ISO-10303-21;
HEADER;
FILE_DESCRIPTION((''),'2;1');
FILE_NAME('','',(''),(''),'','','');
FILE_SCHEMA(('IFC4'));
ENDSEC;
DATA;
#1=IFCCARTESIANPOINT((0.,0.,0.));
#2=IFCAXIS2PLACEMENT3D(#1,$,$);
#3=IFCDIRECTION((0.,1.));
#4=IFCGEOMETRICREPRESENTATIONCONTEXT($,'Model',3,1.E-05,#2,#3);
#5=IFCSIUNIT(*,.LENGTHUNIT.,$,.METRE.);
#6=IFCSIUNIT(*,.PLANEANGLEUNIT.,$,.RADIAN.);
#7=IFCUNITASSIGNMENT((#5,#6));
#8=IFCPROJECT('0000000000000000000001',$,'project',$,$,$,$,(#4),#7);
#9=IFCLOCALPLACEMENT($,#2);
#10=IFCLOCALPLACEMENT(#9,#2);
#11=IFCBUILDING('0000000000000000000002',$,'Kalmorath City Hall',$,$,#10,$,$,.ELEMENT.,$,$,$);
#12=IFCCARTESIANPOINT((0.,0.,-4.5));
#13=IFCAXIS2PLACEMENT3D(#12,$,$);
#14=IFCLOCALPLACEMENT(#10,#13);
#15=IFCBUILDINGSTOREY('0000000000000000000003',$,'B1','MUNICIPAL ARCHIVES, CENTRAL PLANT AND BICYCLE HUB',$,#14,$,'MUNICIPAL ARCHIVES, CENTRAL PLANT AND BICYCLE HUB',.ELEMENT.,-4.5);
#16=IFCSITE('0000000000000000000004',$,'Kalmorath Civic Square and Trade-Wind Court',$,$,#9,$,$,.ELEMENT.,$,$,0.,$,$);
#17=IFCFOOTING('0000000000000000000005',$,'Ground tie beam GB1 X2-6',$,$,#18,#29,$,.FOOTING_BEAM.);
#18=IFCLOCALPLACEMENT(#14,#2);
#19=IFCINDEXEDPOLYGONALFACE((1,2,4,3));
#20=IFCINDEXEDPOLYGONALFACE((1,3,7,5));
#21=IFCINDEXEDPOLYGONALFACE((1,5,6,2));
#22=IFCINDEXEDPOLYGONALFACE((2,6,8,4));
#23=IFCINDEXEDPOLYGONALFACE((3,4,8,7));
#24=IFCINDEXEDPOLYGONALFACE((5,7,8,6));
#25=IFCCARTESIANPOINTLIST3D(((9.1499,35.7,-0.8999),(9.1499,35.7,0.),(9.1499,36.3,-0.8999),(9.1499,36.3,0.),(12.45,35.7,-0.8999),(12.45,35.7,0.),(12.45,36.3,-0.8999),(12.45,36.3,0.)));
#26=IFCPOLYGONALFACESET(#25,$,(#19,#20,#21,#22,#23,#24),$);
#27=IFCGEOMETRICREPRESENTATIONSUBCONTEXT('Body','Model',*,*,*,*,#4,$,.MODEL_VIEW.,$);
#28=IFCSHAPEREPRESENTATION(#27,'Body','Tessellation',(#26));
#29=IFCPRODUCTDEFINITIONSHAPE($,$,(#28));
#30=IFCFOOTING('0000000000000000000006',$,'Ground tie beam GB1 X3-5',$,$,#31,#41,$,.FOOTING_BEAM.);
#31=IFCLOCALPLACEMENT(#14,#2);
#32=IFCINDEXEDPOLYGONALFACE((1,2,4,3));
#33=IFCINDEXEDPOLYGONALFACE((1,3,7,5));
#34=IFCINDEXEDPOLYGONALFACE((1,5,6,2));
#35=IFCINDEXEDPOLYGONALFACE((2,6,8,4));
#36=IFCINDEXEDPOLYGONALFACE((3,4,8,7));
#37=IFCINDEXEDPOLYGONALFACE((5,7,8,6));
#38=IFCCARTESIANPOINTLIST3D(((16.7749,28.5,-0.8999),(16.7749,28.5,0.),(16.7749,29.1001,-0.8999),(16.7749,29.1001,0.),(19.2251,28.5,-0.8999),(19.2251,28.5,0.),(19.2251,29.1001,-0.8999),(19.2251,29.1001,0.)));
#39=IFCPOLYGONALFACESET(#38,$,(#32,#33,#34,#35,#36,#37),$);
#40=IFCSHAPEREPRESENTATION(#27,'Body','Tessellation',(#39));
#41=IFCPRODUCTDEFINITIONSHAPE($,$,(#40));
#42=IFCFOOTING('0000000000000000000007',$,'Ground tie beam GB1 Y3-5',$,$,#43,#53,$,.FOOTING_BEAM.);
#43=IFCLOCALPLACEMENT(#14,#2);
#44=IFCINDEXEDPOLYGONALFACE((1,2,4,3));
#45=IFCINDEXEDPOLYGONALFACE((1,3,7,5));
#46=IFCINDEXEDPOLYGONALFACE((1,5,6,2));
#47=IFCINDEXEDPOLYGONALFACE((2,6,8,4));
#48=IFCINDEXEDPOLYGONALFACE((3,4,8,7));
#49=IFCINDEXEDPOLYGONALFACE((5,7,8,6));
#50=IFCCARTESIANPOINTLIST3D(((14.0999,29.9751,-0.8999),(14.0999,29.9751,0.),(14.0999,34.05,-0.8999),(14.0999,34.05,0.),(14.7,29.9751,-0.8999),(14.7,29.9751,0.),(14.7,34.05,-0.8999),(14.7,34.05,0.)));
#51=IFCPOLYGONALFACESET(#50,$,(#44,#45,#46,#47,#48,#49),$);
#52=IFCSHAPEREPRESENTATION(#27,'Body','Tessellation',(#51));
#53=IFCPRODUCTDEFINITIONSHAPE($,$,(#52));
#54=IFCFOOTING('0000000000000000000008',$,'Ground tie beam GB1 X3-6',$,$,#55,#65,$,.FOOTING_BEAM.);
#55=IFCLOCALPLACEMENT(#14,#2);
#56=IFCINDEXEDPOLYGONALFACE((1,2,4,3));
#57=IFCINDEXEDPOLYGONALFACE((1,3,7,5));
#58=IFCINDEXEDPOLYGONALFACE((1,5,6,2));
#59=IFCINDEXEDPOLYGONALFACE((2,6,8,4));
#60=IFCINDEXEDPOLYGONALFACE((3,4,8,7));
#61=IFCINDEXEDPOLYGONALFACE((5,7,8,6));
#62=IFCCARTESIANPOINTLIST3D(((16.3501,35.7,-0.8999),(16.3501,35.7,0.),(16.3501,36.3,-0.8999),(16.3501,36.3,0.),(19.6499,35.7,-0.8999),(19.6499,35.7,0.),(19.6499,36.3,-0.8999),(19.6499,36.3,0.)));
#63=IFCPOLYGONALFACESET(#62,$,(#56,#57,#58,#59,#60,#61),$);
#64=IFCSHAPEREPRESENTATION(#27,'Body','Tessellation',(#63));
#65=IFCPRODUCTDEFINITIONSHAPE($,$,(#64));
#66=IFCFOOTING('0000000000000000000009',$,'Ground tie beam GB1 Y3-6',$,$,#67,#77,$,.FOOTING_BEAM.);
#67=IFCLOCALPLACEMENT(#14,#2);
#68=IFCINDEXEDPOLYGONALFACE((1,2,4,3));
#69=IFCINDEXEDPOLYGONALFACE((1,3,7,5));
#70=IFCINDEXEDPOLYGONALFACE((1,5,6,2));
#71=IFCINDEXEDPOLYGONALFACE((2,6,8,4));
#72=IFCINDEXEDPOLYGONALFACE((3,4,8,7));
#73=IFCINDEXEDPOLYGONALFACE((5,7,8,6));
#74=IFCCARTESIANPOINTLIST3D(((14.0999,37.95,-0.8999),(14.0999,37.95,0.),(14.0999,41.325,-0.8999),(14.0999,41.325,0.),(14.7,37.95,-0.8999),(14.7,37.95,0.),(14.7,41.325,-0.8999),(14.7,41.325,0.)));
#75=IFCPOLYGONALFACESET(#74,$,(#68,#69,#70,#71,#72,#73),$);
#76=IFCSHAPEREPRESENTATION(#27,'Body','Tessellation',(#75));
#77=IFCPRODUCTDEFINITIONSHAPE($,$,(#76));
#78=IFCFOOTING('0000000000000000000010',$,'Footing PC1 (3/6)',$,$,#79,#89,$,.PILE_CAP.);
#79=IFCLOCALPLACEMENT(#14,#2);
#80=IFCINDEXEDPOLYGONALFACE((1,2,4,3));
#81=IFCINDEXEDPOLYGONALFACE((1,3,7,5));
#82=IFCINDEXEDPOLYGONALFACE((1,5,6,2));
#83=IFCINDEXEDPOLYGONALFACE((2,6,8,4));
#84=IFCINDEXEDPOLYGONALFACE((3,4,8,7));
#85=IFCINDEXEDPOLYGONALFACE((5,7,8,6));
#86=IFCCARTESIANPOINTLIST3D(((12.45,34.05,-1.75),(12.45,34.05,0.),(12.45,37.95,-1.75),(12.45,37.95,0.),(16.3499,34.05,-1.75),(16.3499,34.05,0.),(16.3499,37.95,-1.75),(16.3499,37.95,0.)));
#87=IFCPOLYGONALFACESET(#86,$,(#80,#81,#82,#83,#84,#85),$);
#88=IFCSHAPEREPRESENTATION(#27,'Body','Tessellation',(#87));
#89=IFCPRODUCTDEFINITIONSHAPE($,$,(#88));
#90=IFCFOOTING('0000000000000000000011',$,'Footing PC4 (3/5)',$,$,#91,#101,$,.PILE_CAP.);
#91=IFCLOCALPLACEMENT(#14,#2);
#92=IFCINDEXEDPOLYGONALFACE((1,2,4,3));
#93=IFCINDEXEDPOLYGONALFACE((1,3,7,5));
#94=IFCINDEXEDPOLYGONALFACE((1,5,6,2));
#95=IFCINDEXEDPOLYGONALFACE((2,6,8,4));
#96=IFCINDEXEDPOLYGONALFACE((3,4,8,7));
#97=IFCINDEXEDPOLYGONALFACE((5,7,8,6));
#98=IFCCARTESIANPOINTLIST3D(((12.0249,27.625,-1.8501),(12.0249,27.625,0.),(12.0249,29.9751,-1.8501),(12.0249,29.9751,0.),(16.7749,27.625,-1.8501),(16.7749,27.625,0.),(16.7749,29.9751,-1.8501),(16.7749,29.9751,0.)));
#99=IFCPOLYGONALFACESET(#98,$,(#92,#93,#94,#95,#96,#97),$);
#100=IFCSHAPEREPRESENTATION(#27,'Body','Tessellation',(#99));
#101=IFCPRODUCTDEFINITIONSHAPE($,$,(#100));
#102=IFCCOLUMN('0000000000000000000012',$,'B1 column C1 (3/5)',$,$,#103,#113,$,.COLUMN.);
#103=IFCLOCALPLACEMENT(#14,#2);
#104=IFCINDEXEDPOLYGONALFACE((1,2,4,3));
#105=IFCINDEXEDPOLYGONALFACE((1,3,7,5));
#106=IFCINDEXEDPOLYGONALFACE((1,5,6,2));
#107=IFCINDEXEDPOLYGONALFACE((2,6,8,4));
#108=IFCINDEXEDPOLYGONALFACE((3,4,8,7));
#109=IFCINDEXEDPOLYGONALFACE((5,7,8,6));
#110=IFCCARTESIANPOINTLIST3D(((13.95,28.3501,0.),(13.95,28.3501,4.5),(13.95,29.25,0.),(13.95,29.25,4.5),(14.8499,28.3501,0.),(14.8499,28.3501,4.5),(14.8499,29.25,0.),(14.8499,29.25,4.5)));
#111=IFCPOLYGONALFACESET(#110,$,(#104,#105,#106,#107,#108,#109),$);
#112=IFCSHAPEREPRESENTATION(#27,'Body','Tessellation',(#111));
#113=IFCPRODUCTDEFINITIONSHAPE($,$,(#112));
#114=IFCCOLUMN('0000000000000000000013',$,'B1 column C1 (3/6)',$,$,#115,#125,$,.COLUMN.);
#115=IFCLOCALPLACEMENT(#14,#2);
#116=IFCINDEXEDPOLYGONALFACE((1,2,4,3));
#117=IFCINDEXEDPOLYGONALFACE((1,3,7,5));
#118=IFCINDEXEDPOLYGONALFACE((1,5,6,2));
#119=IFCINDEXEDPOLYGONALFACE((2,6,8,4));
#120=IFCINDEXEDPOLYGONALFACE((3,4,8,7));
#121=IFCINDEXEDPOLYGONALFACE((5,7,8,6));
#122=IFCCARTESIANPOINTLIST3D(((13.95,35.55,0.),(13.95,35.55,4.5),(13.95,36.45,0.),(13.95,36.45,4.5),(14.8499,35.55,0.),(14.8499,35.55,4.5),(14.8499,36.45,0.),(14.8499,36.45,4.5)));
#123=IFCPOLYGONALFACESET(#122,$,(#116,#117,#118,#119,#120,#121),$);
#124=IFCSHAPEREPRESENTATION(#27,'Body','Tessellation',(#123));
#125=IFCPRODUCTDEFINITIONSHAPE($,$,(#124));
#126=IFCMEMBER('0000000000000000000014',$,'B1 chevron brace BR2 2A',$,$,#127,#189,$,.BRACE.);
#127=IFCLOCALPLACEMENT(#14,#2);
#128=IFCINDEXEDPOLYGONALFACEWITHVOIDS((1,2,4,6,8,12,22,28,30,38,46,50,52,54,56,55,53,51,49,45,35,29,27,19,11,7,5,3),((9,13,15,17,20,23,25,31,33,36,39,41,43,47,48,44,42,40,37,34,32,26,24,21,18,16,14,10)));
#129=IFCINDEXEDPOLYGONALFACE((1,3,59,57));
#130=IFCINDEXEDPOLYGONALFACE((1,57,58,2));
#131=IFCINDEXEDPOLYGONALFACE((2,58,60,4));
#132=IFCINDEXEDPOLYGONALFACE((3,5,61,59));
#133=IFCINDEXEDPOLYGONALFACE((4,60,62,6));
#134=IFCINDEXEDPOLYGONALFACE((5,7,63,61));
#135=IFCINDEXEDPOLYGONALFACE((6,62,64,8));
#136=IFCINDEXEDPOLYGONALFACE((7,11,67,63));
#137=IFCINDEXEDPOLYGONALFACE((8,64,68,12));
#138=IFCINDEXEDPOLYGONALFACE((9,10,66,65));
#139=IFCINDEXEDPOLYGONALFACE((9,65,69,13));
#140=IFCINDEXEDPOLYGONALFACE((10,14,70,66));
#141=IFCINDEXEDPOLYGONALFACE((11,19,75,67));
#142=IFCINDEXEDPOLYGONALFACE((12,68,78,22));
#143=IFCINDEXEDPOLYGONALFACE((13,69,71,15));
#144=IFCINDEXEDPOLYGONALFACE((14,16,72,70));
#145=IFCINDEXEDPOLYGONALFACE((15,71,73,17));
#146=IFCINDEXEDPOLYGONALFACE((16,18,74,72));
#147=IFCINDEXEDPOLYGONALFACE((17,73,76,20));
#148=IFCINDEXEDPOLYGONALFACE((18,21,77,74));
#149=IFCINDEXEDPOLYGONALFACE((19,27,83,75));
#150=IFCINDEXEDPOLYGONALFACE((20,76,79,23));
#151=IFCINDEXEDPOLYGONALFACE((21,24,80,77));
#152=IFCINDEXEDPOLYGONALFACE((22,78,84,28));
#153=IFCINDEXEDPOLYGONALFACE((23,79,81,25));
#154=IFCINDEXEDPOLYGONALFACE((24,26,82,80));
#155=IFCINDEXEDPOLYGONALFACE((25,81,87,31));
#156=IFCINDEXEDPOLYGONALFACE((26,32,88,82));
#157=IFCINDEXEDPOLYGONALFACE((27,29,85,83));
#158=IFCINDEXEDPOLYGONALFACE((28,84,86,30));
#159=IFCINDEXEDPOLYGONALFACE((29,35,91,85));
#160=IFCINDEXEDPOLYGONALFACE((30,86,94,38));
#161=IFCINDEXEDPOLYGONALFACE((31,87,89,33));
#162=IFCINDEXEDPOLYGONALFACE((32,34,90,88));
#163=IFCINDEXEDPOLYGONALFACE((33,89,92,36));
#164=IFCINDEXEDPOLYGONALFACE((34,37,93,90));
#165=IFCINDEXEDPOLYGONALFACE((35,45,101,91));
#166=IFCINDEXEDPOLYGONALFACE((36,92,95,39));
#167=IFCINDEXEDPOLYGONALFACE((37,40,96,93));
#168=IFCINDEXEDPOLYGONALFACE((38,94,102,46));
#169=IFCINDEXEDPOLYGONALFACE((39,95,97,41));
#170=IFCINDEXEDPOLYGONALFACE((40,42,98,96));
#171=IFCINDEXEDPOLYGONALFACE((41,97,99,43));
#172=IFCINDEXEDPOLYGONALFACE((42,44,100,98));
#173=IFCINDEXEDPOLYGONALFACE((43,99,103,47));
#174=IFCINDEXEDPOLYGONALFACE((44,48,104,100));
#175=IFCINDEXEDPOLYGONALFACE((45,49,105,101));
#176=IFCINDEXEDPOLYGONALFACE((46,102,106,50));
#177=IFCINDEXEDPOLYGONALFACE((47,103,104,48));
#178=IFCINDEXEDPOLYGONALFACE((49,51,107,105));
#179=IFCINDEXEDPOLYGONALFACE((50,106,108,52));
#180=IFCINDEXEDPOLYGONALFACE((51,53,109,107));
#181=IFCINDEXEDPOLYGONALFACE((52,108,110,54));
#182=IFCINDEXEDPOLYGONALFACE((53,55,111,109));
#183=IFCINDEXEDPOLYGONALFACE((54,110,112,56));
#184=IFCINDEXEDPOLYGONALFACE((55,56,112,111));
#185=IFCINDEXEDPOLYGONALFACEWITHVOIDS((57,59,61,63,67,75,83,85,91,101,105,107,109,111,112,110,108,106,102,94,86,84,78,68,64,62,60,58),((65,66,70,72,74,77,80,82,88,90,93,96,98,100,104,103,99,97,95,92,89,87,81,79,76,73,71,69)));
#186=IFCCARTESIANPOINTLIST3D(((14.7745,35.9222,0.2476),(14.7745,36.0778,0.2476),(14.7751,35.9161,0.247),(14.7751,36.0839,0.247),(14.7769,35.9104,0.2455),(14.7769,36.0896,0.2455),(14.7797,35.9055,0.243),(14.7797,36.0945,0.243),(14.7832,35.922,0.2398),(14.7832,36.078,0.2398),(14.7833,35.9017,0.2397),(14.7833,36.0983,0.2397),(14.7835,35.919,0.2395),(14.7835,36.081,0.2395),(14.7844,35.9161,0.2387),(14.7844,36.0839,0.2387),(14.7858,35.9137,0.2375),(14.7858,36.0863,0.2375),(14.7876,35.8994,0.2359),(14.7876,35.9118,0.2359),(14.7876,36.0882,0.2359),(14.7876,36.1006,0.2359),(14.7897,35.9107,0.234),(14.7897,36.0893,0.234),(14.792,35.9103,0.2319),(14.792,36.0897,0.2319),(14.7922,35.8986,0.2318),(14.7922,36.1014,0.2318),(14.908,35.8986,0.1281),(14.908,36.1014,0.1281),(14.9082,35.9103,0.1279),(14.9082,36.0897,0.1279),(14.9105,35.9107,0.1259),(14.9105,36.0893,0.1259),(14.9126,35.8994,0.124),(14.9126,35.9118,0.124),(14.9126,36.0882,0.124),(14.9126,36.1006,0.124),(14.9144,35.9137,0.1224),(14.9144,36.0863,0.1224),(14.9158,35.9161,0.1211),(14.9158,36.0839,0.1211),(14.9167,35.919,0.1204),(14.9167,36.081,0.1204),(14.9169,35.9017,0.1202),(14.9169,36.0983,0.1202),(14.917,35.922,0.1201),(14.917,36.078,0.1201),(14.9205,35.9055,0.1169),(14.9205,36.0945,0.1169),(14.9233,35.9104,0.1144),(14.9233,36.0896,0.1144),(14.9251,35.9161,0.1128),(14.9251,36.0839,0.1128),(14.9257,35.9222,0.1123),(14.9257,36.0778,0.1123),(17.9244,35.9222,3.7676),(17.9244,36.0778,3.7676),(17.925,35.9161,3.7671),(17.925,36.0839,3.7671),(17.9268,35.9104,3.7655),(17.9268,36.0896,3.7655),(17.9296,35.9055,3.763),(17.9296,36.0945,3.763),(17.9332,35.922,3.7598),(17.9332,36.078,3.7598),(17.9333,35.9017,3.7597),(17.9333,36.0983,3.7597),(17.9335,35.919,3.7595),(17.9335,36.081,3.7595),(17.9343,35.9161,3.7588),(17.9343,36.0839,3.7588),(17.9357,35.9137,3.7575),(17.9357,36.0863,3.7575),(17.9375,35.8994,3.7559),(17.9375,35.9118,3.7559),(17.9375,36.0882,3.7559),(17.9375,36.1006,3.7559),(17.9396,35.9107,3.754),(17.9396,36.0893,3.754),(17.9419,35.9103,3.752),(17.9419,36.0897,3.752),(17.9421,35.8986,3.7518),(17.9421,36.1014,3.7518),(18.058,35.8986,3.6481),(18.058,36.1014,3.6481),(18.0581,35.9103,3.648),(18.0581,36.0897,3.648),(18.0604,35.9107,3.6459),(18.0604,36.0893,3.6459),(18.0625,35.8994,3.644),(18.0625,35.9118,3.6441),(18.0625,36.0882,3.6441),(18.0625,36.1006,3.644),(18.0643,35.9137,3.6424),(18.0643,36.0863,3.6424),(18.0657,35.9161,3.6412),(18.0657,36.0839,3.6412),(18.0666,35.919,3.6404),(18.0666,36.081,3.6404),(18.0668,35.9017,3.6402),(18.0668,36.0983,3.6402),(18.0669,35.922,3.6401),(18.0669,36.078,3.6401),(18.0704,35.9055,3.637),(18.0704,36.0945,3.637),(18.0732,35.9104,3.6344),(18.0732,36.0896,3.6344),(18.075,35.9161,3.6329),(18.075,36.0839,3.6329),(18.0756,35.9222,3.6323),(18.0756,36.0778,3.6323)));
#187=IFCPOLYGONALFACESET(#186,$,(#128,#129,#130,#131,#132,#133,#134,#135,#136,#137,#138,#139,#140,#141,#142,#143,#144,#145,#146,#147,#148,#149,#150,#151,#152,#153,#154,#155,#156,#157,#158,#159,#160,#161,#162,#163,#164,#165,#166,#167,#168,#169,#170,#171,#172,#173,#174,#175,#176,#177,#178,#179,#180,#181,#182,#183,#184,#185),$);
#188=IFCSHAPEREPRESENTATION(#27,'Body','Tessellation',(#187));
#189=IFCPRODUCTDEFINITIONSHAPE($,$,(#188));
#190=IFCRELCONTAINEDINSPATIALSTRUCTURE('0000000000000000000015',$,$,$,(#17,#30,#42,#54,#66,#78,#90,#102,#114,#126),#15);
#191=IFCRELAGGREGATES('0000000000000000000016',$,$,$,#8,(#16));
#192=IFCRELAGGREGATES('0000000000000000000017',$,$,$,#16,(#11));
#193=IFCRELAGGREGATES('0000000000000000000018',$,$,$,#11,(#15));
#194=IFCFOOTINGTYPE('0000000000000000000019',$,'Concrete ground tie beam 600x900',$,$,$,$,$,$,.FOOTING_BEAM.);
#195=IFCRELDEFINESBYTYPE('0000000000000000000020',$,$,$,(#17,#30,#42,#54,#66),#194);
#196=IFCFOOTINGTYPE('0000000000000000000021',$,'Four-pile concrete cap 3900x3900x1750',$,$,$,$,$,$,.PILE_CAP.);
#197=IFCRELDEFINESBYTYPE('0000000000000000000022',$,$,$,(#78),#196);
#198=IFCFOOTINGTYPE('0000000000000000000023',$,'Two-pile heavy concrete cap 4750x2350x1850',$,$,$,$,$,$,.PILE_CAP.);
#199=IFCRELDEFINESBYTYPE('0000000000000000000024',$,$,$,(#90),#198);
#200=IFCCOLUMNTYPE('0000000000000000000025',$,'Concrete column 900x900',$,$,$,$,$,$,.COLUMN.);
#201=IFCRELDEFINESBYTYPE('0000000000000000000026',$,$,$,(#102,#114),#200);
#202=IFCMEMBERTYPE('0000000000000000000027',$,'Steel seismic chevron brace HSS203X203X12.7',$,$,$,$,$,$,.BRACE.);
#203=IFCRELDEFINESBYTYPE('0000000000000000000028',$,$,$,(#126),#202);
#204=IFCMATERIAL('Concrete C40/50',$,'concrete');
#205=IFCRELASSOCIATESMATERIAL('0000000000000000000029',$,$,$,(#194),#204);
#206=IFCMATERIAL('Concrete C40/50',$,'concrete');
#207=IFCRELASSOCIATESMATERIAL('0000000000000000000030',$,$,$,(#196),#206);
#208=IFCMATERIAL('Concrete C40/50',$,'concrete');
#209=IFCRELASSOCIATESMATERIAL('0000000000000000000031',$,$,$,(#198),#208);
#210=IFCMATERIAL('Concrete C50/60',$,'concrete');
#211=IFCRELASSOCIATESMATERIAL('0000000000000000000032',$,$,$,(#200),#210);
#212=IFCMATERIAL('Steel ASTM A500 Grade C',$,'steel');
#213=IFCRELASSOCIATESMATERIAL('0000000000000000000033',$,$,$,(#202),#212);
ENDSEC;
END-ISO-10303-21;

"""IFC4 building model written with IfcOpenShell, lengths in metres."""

from ifc_helpers import new_model, si_unit, direction, frame, origin, origin_2d, place, context, subcontext, project, spatial, rectangle, hollow_rectangle, extrude, material, material_profile, profile_set, type_object, element, save


model = new_model("IFC4")

# Units and contexts
model_context = context("Model", 3, precision=1e-05, world=origin(), true_north=direction((0.0, 1.0)))
body_context = subcontext(model_context, "Body", "Model", "MODEL_VIEW")
ifc_project = project(units=[si_unit("LENGTHUNIT", "METRE"), si_unit("PLANEANGLEUNIT", "RADIAN")], contexts=[model_context])

# Site, building, storey
site_placement = place(None, origin())
site = spatial("IfcSite", under=ifc_project, at=site_placement, Name="Kalmorath Civic Square and Trade-Wind Court", CompositionType="ELEMENT", RefElevation=0.0)
building_placement = place(site_placement, origin())
building = spatial("IfcBuilding", under=site, at=building_placement, Name="Kalmorath City Hall", CompositionType="ELEMENT")
storey_placement = place(building_placement, frame((0.0, 0.0, -4.5)))
storey = spatial("IfcBuildingStorey", under=building, at=storey_placement, Name="B1", Description="MUNICIPAL ARCHIVES, CENTRAL PLANT AND BICYCLE HUB", LongName="MUNICIPAL ARCHIVES, CENTRAL PLANT AND BICYCLE HUB", CompositionType="ELEMENT", Elevation=-4.5)

# Footings
ifc_material_1 = material(Name="Concrete C40/50", Category="concrete")
ifc_material_profile_1 = material_profile(ifc_material_1, rectangle(XDim=0.6001, YDim=0.8999, at=origin_2d()), Name="RC-BM-600X900")
ifc_profile_set_1 = profile_set([ifc_material_profile_1], Name="Concrete C40/50")
footing_type_1 = type_object("IfcFootingType", Name="Concrete ground tie beam 600x900", PredefinedType="FOOTING_BEAM", material=ifc_profile_set_1)
footing_1_placement = place(storey_placement, frame((9.1499, 36.0, -0.45), z_axis=(1.0, 0.0, 0.0), x_axis=(0.0, 1.0, 0.0)))
element("IfcFooting", 1, at=footing_1_placement, inside=storey, type_object=footing_type_1, Name="Ground tie beam GB1 X2-6", PredefinedType="FOOTING_BEAM", context=body_context, shape_type="SweptSolid", body=[
    extrude(rectangle(XDim=0.6001, YDim=0.8999, at=origin_2d()), origin(), (0.0, 0.0, 1.0), 3.3),
])
footing_2_placement = place(storey_placement, frame((16.7749, 28.8, -0.45), z_axis=(1.0, 0.0, 0.0), x_axis=(0.0, 1.0, 0.0)))
element("IfcFooting", 2, at=footing_2_placement, inside=storey, type_object=footing_type_1, Name="Ground tie beam GB1 X3-5", PredefinedType="FOOTING_BEAM", context=body_context, shape_type="SweptSolid", body=[
    extrude(rectangle(XDim=0.6001, YDim=0.8999, at=origin_2d()), origin(), (0.0, 0.0, 1.0), 2.4502),
])
footing_3_placement = place(storey_placement, frame((14.3999, 29.9751, -0.45), z_axis=(0.0, 1.0, 0.0), x_axis=(-1.0, 0.0, 0.0)))
element("IfcFooting", 3, at=footing_3_placement, inside=storey, type_object=footing_type_1, Name="Ground tie beam GB1 Y3-5", PredefinedType="FOOTING_BEAM", context=body_context, shape_type="SweptSolid", body=[
    extrude(rectangle(XDim=0.6001, YDim=0.8999, at=origin_2d()), origin(), (0.0, 0.0, 1.0), 4.075),
])
footing_4_placement = place(storey_placement, frame((16.3501, 36.0, -0.45), z_axis=(1.0, 0.0, 0.0), x_axis=(0.0, 1.0, 0.0)))
element("IfcFooting", 4, at=footing_4_placement, inside=storey, type_object=footing_type_1, Name="Ground tie beam GB1 X3-6", PredefinedType="FOOTING_BEAM", context=body_context, shape_type="SweptSolid", body=[
    extrude(rectangle(XDim=0.6001, YDim=0.8999, at=origin_2d()), origin(), (0.0, 0.0, 1.0), 3.2998),
])
footing_5_placement = place(storey_placement, frame((14.3999, 37.95, -0.45), z_axis=(0.0, 1.0, 0.0), x_axis=(-1.0, 0.0, 0.0)))
element("IfcFooting", 5, at=footing_5_placement, inside=storey, type_object=footing_type_1, Name="Ground tie beam GB1 Y3-6", PredefinedType="FOOTING_BEAM", context=body_context, shape_type="SweptSolid", body=[
    extrude(rectangle(XDim=0.6001, YDim=0.8999, at=origin_2d()), origin(), (0.0, 0.0, 1.0), 3.375),
])
ifc_material_2 = material(Name="Concrete C40/50", Category="concrete")
footing_type_2 = type_object("IfcFootingType", Name="Four-pile concrete cap 3900x3900x1750", PredefinedType="PILE_CAP", material=ifc_material_2)
footing_6_placement = place(storey_placement, frame((14.3999, 36.0, -1.75), z_axis=(0.0, 0.0, 1.0), x_axis=(1.0, 0.0, 0.0)))
element("IfcFooting", 6, at=footing_6_placement, inside=storey, type_object=footing_type_2, Name="Footing PC1 (3/6)", PredefinedType="PILE_CAP", context=body_context, shape_type="SweptSolid", body=[
    extrude(rectangle(XDim=3.8999, YDim=3.8999, at=origin_2d()), origin(), (0.0, 0.0, 1.0), 1.75),
])
ifc_material_3 = material(Name="Concrete C40/50", Category="concrete")
footing_type_3 = type_object("IfcFootingType", Name="Two-pile heavy concrete cap 4750x2350x1850", PredefinedType="PILE_CAP", material=ifc_material_3)
footing_7_placement = place(storey_placement, frame((14.3999, 28.8, -1.8501), z_axis=(0.0, 0.0, 1.0), x_axis=(1.0, 0.0, 0.0)))
element("IfcFooting", 7, at=footing_7_placement, inside=storey, type_object=footing_type_3, Name="Footing PC4 (3/5)", PredefinedType="PILE_CAP", context=body_context, shape_type="SweptSolid", body=[
    extrude(rectangle(XDim=4.75, YDim=2.3501, at=origin_2d()), origin(), (0.0, 0.0, 1.0), 1.8501),
])

# Columns
ifc_material_4 = material(Name="Concrete C50/60", Category="concrete")
ifc_material_profile_2 = material_profile(ifc_material_4, rectangle(XDim=0.8999, YDim=0.8999, at=origin_2d()), Name="RC-COL-900X900")
ifc_profile_set_2 = profile_set([ifc_material_profile_2], Name="Concrete C50/60")
column_type = type_object("IfcColumnType", Name="Concrete column 900x900", PredefinedType="COLUMN", material=ifc_profile_set_2)
for number, where, z_axis, x_axis, name in (
    (8, (14.3999, 28.8, 0.0), (0.0, 0.0, 1.0), (1.0, 0.0, 0.0), "B1 column C1 (3/5)"),
    (9, (14.3999, 36.0, 0.0), (0.0, 0.0, 1.0), (1.0, 0.0, 0.0), "B1 column C1 (3/6)"),
):
    element("IfcColumn", number, at=place(storey_placement, frame(where, z_axis=z_axis, x_axis=x_axis)), inside=storey, type_object=column_type, Name=name, PredefinedType="COLUMN", context=body_context, shape_type="SweptSolid", body=[
        extrude(rectangle(XDim=0.8999, YDim=0.8999, at=origin_2d()), origin(), (0.0, 0.0, 1.0), 4.5),
    ])

# Member
ifc_material_5 = material(Name="Steel ASTM A500 Grade C", Category="steel")
ifc_material_profile_3 = material_profile(ifc_material_5, hollow_rectangle(XDim=0.2029, YDim=0.2029, WallThickness=0.0117, InnerFilletRadius=0.0117, OuterFilletRadius=0.0237, at=origin_2d()), Name="HSS203X203X12.7")
ifc_profile_set_3 = profile_set([ifc_material_profile_3], Name="Steel ASTM A500 Grade C")
member_type_1 = type_object("IfcMemberType", Name="Steel seismic chevron brace HSS203X203X12.7", PredefinedType="BRACE", material=ifc_profile_set_3)
for number, where, z_axis, x_axis, name in (
    (10, (14.8501, 36.0, 0.1799), (0.666843, 0.0, 0.745198), (0.0, 1.0, 0.0), "B1 chevron brace BR2 2A"),
):
    element("IfcMember", number, at=place(storey_placement, frame(where, z_axis=z_axis, x_axis=x_axis)), inside=storey, type_object=member_type_1, Name=name, PredefinedType="BRACE", context=body_context, shape_type="SweptSolid", body=[
        extrude(hollow_rectangle(XDim=0.2029, YDim=0.2029, WallThickness=0.0117, InnerFilletRadius=0.0117, OuterFilletRadius=0.0237, at=origin_2d()), origin(), (0.0, 0.0, 1.0), 4.7236),
    ])

save(model, "model.ifc")
